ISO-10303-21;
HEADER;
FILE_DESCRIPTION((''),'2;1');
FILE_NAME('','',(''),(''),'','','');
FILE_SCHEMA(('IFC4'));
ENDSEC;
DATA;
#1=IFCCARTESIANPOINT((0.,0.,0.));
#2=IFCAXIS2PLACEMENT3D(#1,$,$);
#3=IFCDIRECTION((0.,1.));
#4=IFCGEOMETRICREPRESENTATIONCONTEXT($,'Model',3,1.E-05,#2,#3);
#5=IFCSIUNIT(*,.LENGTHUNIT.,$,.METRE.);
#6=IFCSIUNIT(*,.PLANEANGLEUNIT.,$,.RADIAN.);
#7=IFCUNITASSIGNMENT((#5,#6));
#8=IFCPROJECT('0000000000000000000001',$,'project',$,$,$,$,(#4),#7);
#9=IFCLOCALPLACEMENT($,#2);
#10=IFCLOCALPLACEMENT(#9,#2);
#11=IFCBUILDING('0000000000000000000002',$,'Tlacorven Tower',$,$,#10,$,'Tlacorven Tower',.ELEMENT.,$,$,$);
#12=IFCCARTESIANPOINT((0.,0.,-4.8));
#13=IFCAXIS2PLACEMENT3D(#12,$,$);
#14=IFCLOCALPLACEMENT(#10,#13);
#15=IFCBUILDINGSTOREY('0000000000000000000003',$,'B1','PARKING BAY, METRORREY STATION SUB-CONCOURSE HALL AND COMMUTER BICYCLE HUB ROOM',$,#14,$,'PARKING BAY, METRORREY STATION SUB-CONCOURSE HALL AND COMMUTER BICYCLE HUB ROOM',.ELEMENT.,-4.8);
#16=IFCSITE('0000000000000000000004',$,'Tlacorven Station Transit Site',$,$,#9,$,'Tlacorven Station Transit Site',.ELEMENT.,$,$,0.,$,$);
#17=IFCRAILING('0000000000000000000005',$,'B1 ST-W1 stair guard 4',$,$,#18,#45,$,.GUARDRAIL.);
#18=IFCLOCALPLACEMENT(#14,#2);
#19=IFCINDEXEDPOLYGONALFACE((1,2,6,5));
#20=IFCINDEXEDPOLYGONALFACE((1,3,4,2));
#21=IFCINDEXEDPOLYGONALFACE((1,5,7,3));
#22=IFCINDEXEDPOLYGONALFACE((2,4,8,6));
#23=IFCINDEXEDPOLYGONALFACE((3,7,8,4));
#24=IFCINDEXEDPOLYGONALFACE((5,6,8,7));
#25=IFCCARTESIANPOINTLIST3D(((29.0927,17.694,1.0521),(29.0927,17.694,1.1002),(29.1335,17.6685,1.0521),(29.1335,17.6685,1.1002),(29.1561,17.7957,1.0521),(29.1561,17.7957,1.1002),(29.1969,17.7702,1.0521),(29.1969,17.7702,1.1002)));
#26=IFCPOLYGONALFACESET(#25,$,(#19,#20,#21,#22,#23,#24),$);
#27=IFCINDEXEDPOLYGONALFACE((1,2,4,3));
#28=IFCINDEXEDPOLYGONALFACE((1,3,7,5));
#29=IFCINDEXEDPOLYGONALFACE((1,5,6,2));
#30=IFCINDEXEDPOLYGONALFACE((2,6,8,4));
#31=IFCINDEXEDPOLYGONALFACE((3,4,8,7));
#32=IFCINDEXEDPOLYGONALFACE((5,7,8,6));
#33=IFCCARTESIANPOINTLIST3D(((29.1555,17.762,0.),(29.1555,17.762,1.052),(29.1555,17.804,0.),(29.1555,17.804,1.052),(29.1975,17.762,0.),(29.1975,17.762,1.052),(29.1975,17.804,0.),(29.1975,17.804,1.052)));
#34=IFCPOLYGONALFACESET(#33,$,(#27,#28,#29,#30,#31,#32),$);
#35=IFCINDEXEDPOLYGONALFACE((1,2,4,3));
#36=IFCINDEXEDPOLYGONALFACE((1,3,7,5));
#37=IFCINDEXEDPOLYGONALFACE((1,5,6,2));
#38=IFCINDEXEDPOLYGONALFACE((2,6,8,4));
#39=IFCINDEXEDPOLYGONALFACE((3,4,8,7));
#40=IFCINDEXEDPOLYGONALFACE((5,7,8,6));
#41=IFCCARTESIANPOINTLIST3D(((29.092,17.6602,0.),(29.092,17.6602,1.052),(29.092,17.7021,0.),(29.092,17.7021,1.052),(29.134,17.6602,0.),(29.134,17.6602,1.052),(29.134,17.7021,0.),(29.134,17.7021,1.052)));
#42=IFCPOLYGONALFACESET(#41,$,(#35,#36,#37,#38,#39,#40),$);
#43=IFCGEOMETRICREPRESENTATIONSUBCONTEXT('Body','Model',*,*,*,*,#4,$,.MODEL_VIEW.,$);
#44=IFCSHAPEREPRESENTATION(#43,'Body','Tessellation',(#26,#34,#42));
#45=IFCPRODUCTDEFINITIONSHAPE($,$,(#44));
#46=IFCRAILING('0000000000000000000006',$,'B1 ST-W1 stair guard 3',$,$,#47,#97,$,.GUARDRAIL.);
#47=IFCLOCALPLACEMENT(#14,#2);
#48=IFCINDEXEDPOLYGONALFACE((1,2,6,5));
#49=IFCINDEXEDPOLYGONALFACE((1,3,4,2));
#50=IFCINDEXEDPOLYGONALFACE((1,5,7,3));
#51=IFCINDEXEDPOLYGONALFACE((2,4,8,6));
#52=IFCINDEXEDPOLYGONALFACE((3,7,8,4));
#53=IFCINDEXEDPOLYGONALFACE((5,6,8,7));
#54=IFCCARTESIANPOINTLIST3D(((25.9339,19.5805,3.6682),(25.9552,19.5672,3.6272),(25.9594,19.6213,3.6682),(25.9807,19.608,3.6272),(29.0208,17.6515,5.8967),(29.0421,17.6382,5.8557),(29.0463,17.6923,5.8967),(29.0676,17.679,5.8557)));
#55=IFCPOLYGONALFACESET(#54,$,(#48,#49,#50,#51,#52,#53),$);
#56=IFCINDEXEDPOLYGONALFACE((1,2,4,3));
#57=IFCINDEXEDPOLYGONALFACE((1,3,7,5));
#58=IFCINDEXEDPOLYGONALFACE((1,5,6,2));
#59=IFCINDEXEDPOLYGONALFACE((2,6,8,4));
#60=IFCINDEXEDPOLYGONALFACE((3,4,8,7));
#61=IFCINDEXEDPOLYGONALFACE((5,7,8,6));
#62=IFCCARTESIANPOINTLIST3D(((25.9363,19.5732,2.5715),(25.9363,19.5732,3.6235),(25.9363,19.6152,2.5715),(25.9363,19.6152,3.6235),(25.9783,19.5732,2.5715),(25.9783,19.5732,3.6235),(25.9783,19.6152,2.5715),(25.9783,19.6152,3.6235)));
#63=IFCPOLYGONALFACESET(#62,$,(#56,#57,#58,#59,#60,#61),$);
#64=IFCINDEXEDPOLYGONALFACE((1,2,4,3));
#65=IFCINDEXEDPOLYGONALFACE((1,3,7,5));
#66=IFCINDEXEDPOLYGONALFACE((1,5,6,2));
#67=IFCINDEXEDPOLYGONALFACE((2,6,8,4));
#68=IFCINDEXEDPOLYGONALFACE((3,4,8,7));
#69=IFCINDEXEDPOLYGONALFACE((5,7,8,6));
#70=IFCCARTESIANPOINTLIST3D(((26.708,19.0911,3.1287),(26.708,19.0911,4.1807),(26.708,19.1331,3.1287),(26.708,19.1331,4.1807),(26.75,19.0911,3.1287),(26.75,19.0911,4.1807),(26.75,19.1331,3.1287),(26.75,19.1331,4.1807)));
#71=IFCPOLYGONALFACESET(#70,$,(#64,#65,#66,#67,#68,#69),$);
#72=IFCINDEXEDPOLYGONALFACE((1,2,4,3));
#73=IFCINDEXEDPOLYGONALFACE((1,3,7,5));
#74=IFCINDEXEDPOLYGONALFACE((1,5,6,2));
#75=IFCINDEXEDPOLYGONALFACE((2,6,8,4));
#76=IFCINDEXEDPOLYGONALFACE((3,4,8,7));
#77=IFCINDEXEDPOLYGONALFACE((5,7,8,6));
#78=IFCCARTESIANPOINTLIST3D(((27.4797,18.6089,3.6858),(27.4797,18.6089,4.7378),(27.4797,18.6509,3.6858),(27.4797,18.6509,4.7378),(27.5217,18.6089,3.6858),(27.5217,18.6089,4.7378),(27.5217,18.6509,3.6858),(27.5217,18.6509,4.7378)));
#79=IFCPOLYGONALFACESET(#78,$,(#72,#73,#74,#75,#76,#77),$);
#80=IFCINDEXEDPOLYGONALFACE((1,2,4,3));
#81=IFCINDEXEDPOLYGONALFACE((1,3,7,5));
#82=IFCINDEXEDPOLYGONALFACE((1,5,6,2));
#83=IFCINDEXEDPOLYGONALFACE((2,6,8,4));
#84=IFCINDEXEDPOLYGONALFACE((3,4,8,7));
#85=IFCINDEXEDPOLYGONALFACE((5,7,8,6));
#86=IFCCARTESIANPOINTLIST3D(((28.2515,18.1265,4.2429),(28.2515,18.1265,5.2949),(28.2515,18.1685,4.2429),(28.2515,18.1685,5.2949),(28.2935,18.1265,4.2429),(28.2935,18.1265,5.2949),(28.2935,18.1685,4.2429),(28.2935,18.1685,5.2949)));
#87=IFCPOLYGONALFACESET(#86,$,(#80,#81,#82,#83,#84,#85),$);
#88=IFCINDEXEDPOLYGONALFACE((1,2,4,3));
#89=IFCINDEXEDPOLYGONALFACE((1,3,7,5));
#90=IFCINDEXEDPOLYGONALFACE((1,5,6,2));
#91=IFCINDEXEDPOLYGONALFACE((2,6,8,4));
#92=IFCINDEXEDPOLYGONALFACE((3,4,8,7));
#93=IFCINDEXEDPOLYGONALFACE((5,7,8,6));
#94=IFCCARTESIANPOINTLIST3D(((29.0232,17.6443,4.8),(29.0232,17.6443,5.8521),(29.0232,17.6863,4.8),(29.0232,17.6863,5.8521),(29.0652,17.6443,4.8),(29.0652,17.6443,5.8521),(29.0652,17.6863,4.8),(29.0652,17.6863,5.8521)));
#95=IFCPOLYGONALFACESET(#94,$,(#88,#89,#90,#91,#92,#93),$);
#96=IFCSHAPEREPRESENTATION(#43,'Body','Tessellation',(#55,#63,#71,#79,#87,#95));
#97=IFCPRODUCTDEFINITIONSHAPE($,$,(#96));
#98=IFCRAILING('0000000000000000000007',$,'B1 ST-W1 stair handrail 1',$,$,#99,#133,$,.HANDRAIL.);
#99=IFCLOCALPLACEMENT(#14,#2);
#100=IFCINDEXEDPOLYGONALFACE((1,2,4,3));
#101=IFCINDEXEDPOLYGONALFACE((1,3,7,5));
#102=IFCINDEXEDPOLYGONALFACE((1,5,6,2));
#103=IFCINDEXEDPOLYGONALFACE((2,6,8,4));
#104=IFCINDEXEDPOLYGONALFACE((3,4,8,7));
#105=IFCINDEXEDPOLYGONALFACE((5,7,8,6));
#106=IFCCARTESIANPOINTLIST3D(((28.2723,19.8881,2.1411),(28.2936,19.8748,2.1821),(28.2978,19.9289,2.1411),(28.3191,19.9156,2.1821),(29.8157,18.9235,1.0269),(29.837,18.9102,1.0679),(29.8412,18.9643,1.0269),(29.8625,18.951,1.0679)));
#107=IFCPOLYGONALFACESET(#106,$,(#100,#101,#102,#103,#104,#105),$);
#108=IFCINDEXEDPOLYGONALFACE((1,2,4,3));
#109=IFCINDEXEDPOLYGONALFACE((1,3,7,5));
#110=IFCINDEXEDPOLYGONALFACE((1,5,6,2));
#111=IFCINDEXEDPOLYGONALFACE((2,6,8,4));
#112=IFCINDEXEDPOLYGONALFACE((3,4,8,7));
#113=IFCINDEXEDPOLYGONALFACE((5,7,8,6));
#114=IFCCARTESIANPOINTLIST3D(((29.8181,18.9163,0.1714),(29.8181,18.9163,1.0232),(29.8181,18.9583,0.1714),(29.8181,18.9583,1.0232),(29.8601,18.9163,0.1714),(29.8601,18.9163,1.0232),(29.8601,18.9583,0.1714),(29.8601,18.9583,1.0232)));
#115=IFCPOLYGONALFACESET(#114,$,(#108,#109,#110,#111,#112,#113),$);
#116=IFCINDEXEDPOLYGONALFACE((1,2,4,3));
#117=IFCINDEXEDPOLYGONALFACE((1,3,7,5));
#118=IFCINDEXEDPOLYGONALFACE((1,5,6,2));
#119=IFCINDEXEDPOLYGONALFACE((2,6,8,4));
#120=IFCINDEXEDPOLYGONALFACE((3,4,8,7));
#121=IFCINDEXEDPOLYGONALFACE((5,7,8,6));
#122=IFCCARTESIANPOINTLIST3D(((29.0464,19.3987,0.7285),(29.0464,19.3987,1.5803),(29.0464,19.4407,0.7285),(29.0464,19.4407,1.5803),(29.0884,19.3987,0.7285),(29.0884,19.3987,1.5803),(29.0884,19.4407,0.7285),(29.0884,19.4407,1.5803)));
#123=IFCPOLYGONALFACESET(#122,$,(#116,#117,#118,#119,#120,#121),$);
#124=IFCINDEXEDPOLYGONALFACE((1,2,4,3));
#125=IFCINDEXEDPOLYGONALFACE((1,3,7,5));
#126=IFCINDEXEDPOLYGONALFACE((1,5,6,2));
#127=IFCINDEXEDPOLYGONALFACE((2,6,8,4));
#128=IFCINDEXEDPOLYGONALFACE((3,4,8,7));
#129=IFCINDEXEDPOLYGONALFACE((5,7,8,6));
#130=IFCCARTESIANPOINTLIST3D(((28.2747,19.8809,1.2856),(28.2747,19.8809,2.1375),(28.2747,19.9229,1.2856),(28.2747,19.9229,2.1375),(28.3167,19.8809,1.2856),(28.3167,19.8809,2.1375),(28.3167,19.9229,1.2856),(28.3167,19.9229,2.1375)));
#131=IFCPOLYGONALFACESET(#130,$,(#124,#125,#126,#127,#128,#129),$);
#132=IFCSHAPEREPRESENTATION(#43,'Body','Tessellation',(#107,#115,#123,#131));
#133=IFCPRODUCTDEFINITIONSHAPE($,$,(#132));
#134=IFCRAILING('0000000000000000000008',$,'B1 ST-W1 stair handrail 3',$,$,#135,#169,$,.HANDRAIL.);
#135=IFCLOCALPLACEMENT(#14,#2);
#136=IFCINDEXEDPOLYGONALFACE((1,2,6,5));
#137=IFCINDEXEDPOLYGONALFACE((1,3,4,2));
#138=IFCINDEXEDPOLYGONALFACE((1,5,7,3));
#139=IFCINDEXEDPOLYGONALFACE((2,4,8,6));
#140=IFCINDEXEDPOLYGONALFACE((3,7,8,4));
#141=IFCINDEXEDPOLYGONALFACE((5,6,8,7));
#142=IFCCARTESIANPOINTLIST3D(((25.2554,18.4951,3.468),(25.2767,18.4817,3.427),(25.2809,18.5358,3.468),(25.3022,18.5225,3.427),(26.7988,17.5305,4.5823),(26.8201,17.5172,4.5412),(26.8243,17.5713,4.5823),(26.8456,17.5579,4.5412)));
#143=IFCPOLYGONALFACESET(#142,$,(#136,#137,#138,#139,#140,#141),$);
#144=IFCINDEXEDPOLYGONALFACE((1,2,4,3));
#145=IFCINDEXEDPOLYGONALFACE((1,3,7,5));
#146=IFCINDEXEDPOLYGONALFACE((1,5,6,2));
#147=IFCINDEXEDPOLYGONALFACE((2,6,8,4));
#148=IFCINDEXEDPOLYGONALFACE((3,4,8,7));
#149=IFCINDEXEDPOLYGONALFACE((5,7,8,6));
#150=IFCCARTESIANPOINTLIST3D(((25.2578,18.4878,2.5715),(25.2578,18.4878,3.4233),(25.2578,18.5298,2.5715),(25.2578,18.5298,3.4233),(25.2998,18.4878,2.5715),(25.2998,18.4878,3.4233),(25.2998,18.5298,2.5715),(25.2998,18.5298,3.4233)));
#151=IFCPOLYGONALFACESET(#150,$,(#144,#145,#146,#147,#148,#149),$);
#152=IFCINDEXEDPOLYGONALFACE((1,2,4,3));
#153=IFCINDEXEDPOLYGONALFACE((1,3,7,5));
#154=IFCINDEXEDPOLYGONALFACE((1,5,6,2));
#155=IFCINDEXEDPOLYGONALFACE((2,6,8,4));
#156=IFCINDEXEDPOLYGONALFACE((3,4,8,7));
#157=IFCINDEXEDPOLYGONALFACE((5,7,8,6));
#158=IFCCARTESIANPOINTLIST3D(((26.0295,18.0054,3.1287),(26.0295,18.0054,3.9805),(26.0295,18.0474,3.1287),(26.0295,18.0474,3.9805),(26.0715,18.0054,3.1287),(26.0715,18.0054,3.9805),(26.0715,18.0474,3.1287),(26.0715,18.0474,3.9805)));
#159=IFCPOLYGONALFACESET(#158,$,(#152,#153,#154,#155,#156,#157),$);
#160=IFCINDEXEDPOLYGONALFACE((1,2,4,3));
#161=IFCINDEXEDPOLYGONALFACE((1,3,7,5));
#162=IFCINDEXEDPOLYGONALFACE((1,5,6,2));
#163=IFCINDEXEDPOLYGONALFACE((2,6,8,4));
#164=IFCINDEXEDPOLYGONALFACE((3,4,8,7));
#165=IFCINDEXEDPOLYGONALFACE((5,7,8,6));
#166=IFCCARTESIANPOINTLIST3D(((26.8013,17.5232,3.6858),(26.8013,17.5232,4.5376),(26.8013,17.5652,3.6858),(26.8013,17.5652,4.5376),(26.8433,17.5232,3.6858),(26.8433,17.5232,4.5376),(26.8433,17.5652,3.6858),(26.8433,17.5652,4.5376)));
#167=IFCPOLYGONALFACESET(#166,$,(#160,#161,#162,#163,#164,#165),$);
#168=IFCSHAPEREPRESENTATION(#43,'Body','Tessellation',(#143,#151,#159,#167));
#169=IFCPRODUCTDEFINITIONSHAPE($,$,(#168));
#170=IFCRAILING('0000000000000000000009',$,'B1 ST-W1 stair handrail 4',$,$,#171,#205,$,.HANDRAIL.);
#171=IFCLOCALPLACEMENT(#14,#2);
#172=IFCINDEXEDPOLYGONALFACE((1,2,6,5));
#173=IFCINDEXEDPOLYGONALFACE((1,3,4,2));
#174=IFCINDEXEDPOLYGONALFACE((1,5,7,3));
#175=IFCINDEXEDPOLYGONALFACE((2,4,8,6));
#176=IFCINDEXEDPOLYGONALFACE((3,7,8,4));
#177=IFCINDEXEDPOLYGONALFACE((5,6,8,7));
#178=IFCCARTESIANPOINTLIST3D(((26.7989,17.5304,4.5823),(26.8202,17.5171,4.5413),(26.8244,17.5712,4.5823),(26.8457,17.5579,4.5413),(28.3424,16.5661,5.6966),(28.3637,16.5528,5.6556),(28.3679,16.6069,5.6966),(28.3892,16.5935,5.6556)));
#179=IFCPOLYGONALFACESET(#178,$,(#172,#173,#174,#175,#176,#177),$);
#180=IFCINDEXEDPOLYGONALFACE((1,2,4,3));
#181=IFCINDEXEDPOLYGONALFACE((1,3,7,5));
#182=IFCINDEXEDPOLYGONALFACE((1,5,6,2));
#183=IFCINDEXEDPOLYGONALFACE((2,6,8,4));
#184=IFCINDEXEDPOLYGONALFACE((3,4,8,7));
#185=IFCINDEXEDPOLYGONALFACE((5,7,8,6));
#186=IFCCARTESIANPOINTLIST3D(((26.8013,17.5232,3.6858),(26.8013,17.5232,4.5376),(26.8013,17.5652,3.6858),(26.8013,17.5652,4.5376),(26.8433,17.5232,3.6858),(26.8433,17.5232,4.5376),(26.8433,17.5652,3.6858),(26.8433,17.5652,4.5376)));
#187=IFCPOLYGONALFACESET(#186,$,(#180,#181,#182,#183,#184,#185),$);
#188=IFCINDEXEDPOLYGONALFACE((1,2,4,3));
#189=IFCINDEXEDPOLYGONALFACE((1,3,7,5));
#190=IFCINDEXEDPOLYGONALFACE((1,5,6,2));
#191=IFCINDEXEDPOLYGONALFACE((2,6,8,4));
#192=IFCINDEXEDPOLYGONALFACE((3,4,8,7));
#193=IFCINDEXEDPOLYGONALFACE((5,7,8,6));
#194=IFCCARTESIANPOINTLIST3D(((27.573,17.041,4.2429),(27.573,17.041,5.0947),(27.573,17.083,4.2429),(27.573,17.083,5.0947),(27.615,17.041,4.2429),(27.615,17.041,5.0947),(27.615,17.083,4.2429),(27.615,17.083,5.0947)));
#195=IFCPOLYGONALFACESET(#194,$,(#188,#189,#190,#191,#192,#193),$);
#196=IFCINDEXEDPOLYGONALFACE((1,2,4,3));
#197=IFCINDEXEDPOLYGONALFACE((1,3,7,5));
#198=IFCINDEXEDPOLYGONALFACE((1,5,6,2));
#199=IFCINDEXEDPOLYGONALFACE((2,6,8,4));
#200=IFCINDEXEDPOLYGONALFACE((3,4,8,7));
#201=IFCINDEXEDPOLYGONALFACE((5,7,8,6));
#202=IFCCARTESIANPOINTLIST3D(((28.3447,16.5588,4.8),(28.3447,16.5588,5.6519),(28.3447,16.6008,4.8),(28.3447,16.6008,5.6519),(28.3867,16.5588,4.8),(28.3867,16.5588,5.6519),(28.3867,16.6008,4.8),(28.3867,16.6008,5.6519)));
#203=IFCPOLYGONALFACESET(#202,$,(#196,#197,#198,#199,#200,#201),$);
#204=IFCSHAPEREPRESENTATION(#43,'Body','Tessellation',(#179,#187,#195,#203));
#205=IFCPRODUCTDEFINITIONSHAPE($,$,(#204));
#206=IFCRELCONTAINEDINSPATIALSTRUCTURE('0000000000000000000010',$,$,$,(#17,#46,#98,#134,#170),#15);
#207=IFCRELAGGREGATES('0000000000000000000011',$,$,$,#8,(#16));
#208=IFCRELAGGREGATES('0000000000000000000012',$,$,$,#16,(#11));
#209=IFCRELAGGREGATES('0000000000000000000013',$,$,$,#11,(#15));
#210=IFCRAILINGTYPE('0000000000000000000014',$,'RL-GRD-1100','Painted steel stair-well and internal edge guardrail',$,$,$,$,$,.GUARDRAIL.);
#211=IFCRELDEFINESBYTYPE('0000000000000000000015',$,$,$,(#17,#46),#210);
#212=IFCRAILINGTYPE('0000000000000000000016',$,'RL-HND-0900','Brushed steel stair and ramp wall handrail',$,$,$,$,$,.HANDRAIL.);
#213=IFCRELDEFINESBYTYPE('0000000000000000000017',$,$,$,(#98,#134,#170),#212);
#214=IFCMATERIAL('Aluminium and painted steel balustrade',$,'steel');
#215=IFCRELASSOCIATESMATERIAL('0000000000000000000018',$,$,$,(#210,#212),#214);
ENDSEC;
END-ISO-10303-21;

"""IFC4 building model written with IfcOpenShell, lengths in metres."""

from ifc_helpers import new_model, si_unit, direction, frame, origin, origin_2d, place, context, subcontext, project, spatial, rectangle, extrude, source, transform, mapped, material, type_object, element, save


model = new_model("IFC4")

# Units and contexts
model_context = context("Model", 3, precision=1e-05, world=origin(), true_north=direction((0.0, 1.0)))
body_context = subcontext(model_context, "Body", "Model", "MODEL_VIEW")
ifc_project = project(units=[si_unit("LENGTHUNIT", "METRE"), si_unit("PLANEANGLEUNIT", "RADIAN")], contexts=[model_context])

# Site, building, storey
site_placement = place(None, origin())
site = spatial("IfcSite", under=ifc_project, at=site_placement, Name="Tlacorven Station Transit Site", LongName="Tlacorven Station Transit Site", CompositionType="ELEMENT", RefElevation=0.0)
building_placement = place(site_placement, origin())
building = spatial("IfcBuilding", under=site, at=building_placement, Name="Tlacorven Tower", LongName="Tlacorven Tower", CompositionType="ELEMENT")
storey_placement = place(building_placement, frame((0.0, 0.0, -4.8)))
storey = spatial("IfcBuildingStorey", under=building, at=storey_placement, Name="B1", Description="PARKING BAY, METRORREY STATION SUB-CONCOURSE HALL AND COMMUTER BICYCLE HUB ROOM", LongName="PARKING BAY, METRORREY STATION SUB-CONCOURSE HALL AND COMMUTER BICYCLE HUB ROOM", CompositionType="ELEMENT", Elevation=-4.8)

# Railings
ifc_material_1 = material(Name="Aluminium and painted steel balustrade", Category="steel")
railing_type_1 = type_object("IfcRailingType", Name="RL-GRD-1100", Description="Painted steel stair-well and internal edge guardrail", PredefinedType="GUARDRAIL", material=ifc_material_1)
shared_shape_1 = source(origin(), body_context, "Body", "SweptSolid", [
    extrude(rectangle(XDim=0.0481, YDim=0.0481, at=origin_2d()), frame((0.0, 0.0, 1.0762), z_axis=(-0.529084, -0.848569, 0.0), x_axis=(0.848569, -0.529084, 0.0)), (0.0, 0.0, 1.0), 0.1199),
    extrude(rectangle(XDim=0.042, YDim=0.042, at=origin_2d()), origin(), (0.0, 0.0, 1.0), 1.052),
    extrude(rectangle(XDim=0.042, YDim=0.042, at=origin_2d()), frame((-0.0635, -0.1018, 0.0)), (0.0, 0.0, 1.0), 1.052),
])
railing_1_placement = place(storey_placement, frame((29.1765, 17.783, 0.0)))
element("IfcRailing", 1, at=railing_1_placement, inside=storey, type_object=railing_type_1, Name="B1 ST-W1 stair guard 4", PredefinedType="GUARDRAIL", context=body_context, shape_type="MappedRepresentation", body=[
    mapped(shared_shape_1, transform((0.0, 0.0, 0.0), scale=1.0)),
])
shared_shape_2 = source(origin(), body_context, "Body", "SweptSolid", [
    extrude(rectangle(XDim=0.0481, YDim=0.0481, at=origin_2d()), frame((0.0, 0.0, 1.0762), z_axis=(0.723262, -0.451953, 0.52214), x_axis=(0.529927, 0.848044, 0.0)), (0.0, 0.0, 1.0), 4.2681),
    extrude(rectangle(XDim=0.042, YDim=0.042, at=origin_2d()), origin(), (0.0, 0.0, 1.0), 1.052),
    extrude(rectangle(XDim=0.042, YDim=0.042, at=origin_2d()), frame((0.7717, -0.4822, 0.5571)), (0.0, 0.0, 1.0), 1.052),
    extrude(rectangle(XDim=0.042, YDim=0.042, at=origin_2d()), frame((1.5435, -0.9644, 1.1143)), (0.0, 0.0, 1.0), 1.052),
    extrude(rectangle(XDim=0.042, YDim=0.042, at=origin_2d()), frame((2.3152, -1.4468, 1.6714)), (0.0, 0.0, 1.0), 1.052),
    extrude(rectangle(XDim=0.042, YDim=0.042, at=origin_2d()), frame((3.0869, -1.929, 2.2285)), (0.0, 0.0, 1.0), 1.052),
])
railing_2_placement = place(storey_placement, frame((25.9573, 19.5942, 2.5715)))
element("IfcRailing", 2, at=railing_2_placement, inside=storey, type_object=railing_type_1, Name="B1 ST-W1 stair guard 3", PredefinedType="GUARDRAIL", context=body_context, shape_type="MappedRepresentation", body=[
    mapped(shared_shape_2, transform((0.0, 0.0, 0.0), scale=1.0)),
])
railing_type_2 = type_object("IfcRailingType", Name="RL-HND-0900", Description="Brushed steel stair and ramp wall handrail", PredefinedType="HANDRAIL", material=ifc_material_1)
shared_shape_3 = source(origin(), body_context, "Body", "SweptSolid", [
    extrude(rectangle(XDim=0.0481, YDim=0.0481, at=origin_2d()), frame((0.0, 0.0, 0.876), z_axis=(-0.723244, 0.451999, 0.522126), x_axis=(-0.529975, -0.848013, 0.0)), (0.0, 0.0, 1.0), 2.134),
    extrude(rectangle(XDim=0.042, YDim=0.042, at=origin_2d()), origin(), (0.0, 0.0, 1.0), 0.8518),
    extrude(rectangle(XDim=0.042, YDim=0.042, at=origin_2d()), frame((-0.7717, 0.4824, 0.5571)), (0.0, 0.0, 1.0), 0.8518),
    extrude(rectangle(XDim=0.042, YDim=0.042, at=origin_2d()), frame((-1.5435, 0.9646, 1.1143)), (0.0, 0.0, 1.0), 0.8518),
])
railing_3_placement = place(storey_placement, frame((29.8391, 18.9373, 0.1714)))
element("IfcRailing", 3, at=railing_3_placement, inside=storey, type_object=railing_type_2, Name="B1 ST-W1 stair handrail 1", PredefinedType="HANDRAIL", context=body_context, shape_type="MappedRepresentation", body=[
    mapped(shared_shape_3, transform((0.0, 0.0, 0.0), scale=1.0)),
])
shared_shape_4 = source(origin(), body_context, "Body", "SweptSolid", [
    extrude(rectangle(XDim=0.0481, YDim=0.0481, at=origin_2d()), frame((0.0, 0.0, 0.876), z_axis=(0.723244, -0.451999, 0.522126), x_axis=(0.529975, 0.848013, 0.0)), (0.0, 0.0, 1.0), 2.134),
    extrude(rectangle(XDim=0.042, YDim=0.042, at=origin_2d()), origin(), (0.0, 0.0, 1.0), 0.8518),
    extrude(rectangle(XDim=0.042, YDim=0.042, at=origin_2d()), frame((0.7717, -0.4824, 0.5571)), (0.0, 0.0, 1.0), 0.8518),
    extrude(rectangle(XDim=0.042, YDim=0.042, at=origin_2d()), frame((1.5435, -0.9646, 1.1143)), (0.0, 0.0, 1.0), 0.8518),
])
railing_4_placement = place(storey_placement, frame((25.2788, 18.5088, 2.5715)))
element("IfcRailing", 4, at=railing_4_placement, inside=storey, type_object=railing_type_2, Name="B1 ST-W1 stair handrail 3", PredefinedType="HANDRAIL", context=body_context, shape_type="MappedRepresentation", body=[
    mapped(shared_shape_4, transform((0.0, 0.0, 0.0), scale=1.0)),
])
shared_shape_5 = source(origin(), body_context, "Body", "SweptSolid", [
    extrude(rectangle(XDim=0.0481, YDim=0.0481, at=origin_2d()), frame((0.0, 0.0, 0.876), z_axis=(0.723281, -0.451908, 0.522153), x_axis=(0.529878, 0.848074, 0.0)), (0.0, 0.0, 1.0), 2.134),
    extrude(rectangle(XDim=0.042, YDim=0.042, at=origin_2d()), origin(), (0.0, 0.0, 1.0), 0.8518),
    extrude(rectangle(XDim=0.042, YDim=0.042, at=origin_2d()), frame((0.7717, -0.4822, 0.5571)), (0.0, 0.0, 1.0), 0.8518),
    extrude(rectangle(XDim=0.042, YDim=0.042, at=origin_2d()), frame((1.5435, -0.9644, 1.1143)), (0.0, 0.0, 1.0), 0.8518),
])
railing_5_placement = place(storey_placement, frame((26.8223, 17.5442, 3.6858)))
element("IfcRailing", 5, at=railing_5_placement, inside=storey, type_object=railing_type_2, Name="B1 ST-W1 stair handrail 4", PredefinedType="HANDRAIL", context=body_context, shape_type="MappedRepresentation", body=[
    mapped(shared_shape_5, transform((0.0, 0.0, 0.0), scale=1.0)),
])

save(model, "model.ifc")
